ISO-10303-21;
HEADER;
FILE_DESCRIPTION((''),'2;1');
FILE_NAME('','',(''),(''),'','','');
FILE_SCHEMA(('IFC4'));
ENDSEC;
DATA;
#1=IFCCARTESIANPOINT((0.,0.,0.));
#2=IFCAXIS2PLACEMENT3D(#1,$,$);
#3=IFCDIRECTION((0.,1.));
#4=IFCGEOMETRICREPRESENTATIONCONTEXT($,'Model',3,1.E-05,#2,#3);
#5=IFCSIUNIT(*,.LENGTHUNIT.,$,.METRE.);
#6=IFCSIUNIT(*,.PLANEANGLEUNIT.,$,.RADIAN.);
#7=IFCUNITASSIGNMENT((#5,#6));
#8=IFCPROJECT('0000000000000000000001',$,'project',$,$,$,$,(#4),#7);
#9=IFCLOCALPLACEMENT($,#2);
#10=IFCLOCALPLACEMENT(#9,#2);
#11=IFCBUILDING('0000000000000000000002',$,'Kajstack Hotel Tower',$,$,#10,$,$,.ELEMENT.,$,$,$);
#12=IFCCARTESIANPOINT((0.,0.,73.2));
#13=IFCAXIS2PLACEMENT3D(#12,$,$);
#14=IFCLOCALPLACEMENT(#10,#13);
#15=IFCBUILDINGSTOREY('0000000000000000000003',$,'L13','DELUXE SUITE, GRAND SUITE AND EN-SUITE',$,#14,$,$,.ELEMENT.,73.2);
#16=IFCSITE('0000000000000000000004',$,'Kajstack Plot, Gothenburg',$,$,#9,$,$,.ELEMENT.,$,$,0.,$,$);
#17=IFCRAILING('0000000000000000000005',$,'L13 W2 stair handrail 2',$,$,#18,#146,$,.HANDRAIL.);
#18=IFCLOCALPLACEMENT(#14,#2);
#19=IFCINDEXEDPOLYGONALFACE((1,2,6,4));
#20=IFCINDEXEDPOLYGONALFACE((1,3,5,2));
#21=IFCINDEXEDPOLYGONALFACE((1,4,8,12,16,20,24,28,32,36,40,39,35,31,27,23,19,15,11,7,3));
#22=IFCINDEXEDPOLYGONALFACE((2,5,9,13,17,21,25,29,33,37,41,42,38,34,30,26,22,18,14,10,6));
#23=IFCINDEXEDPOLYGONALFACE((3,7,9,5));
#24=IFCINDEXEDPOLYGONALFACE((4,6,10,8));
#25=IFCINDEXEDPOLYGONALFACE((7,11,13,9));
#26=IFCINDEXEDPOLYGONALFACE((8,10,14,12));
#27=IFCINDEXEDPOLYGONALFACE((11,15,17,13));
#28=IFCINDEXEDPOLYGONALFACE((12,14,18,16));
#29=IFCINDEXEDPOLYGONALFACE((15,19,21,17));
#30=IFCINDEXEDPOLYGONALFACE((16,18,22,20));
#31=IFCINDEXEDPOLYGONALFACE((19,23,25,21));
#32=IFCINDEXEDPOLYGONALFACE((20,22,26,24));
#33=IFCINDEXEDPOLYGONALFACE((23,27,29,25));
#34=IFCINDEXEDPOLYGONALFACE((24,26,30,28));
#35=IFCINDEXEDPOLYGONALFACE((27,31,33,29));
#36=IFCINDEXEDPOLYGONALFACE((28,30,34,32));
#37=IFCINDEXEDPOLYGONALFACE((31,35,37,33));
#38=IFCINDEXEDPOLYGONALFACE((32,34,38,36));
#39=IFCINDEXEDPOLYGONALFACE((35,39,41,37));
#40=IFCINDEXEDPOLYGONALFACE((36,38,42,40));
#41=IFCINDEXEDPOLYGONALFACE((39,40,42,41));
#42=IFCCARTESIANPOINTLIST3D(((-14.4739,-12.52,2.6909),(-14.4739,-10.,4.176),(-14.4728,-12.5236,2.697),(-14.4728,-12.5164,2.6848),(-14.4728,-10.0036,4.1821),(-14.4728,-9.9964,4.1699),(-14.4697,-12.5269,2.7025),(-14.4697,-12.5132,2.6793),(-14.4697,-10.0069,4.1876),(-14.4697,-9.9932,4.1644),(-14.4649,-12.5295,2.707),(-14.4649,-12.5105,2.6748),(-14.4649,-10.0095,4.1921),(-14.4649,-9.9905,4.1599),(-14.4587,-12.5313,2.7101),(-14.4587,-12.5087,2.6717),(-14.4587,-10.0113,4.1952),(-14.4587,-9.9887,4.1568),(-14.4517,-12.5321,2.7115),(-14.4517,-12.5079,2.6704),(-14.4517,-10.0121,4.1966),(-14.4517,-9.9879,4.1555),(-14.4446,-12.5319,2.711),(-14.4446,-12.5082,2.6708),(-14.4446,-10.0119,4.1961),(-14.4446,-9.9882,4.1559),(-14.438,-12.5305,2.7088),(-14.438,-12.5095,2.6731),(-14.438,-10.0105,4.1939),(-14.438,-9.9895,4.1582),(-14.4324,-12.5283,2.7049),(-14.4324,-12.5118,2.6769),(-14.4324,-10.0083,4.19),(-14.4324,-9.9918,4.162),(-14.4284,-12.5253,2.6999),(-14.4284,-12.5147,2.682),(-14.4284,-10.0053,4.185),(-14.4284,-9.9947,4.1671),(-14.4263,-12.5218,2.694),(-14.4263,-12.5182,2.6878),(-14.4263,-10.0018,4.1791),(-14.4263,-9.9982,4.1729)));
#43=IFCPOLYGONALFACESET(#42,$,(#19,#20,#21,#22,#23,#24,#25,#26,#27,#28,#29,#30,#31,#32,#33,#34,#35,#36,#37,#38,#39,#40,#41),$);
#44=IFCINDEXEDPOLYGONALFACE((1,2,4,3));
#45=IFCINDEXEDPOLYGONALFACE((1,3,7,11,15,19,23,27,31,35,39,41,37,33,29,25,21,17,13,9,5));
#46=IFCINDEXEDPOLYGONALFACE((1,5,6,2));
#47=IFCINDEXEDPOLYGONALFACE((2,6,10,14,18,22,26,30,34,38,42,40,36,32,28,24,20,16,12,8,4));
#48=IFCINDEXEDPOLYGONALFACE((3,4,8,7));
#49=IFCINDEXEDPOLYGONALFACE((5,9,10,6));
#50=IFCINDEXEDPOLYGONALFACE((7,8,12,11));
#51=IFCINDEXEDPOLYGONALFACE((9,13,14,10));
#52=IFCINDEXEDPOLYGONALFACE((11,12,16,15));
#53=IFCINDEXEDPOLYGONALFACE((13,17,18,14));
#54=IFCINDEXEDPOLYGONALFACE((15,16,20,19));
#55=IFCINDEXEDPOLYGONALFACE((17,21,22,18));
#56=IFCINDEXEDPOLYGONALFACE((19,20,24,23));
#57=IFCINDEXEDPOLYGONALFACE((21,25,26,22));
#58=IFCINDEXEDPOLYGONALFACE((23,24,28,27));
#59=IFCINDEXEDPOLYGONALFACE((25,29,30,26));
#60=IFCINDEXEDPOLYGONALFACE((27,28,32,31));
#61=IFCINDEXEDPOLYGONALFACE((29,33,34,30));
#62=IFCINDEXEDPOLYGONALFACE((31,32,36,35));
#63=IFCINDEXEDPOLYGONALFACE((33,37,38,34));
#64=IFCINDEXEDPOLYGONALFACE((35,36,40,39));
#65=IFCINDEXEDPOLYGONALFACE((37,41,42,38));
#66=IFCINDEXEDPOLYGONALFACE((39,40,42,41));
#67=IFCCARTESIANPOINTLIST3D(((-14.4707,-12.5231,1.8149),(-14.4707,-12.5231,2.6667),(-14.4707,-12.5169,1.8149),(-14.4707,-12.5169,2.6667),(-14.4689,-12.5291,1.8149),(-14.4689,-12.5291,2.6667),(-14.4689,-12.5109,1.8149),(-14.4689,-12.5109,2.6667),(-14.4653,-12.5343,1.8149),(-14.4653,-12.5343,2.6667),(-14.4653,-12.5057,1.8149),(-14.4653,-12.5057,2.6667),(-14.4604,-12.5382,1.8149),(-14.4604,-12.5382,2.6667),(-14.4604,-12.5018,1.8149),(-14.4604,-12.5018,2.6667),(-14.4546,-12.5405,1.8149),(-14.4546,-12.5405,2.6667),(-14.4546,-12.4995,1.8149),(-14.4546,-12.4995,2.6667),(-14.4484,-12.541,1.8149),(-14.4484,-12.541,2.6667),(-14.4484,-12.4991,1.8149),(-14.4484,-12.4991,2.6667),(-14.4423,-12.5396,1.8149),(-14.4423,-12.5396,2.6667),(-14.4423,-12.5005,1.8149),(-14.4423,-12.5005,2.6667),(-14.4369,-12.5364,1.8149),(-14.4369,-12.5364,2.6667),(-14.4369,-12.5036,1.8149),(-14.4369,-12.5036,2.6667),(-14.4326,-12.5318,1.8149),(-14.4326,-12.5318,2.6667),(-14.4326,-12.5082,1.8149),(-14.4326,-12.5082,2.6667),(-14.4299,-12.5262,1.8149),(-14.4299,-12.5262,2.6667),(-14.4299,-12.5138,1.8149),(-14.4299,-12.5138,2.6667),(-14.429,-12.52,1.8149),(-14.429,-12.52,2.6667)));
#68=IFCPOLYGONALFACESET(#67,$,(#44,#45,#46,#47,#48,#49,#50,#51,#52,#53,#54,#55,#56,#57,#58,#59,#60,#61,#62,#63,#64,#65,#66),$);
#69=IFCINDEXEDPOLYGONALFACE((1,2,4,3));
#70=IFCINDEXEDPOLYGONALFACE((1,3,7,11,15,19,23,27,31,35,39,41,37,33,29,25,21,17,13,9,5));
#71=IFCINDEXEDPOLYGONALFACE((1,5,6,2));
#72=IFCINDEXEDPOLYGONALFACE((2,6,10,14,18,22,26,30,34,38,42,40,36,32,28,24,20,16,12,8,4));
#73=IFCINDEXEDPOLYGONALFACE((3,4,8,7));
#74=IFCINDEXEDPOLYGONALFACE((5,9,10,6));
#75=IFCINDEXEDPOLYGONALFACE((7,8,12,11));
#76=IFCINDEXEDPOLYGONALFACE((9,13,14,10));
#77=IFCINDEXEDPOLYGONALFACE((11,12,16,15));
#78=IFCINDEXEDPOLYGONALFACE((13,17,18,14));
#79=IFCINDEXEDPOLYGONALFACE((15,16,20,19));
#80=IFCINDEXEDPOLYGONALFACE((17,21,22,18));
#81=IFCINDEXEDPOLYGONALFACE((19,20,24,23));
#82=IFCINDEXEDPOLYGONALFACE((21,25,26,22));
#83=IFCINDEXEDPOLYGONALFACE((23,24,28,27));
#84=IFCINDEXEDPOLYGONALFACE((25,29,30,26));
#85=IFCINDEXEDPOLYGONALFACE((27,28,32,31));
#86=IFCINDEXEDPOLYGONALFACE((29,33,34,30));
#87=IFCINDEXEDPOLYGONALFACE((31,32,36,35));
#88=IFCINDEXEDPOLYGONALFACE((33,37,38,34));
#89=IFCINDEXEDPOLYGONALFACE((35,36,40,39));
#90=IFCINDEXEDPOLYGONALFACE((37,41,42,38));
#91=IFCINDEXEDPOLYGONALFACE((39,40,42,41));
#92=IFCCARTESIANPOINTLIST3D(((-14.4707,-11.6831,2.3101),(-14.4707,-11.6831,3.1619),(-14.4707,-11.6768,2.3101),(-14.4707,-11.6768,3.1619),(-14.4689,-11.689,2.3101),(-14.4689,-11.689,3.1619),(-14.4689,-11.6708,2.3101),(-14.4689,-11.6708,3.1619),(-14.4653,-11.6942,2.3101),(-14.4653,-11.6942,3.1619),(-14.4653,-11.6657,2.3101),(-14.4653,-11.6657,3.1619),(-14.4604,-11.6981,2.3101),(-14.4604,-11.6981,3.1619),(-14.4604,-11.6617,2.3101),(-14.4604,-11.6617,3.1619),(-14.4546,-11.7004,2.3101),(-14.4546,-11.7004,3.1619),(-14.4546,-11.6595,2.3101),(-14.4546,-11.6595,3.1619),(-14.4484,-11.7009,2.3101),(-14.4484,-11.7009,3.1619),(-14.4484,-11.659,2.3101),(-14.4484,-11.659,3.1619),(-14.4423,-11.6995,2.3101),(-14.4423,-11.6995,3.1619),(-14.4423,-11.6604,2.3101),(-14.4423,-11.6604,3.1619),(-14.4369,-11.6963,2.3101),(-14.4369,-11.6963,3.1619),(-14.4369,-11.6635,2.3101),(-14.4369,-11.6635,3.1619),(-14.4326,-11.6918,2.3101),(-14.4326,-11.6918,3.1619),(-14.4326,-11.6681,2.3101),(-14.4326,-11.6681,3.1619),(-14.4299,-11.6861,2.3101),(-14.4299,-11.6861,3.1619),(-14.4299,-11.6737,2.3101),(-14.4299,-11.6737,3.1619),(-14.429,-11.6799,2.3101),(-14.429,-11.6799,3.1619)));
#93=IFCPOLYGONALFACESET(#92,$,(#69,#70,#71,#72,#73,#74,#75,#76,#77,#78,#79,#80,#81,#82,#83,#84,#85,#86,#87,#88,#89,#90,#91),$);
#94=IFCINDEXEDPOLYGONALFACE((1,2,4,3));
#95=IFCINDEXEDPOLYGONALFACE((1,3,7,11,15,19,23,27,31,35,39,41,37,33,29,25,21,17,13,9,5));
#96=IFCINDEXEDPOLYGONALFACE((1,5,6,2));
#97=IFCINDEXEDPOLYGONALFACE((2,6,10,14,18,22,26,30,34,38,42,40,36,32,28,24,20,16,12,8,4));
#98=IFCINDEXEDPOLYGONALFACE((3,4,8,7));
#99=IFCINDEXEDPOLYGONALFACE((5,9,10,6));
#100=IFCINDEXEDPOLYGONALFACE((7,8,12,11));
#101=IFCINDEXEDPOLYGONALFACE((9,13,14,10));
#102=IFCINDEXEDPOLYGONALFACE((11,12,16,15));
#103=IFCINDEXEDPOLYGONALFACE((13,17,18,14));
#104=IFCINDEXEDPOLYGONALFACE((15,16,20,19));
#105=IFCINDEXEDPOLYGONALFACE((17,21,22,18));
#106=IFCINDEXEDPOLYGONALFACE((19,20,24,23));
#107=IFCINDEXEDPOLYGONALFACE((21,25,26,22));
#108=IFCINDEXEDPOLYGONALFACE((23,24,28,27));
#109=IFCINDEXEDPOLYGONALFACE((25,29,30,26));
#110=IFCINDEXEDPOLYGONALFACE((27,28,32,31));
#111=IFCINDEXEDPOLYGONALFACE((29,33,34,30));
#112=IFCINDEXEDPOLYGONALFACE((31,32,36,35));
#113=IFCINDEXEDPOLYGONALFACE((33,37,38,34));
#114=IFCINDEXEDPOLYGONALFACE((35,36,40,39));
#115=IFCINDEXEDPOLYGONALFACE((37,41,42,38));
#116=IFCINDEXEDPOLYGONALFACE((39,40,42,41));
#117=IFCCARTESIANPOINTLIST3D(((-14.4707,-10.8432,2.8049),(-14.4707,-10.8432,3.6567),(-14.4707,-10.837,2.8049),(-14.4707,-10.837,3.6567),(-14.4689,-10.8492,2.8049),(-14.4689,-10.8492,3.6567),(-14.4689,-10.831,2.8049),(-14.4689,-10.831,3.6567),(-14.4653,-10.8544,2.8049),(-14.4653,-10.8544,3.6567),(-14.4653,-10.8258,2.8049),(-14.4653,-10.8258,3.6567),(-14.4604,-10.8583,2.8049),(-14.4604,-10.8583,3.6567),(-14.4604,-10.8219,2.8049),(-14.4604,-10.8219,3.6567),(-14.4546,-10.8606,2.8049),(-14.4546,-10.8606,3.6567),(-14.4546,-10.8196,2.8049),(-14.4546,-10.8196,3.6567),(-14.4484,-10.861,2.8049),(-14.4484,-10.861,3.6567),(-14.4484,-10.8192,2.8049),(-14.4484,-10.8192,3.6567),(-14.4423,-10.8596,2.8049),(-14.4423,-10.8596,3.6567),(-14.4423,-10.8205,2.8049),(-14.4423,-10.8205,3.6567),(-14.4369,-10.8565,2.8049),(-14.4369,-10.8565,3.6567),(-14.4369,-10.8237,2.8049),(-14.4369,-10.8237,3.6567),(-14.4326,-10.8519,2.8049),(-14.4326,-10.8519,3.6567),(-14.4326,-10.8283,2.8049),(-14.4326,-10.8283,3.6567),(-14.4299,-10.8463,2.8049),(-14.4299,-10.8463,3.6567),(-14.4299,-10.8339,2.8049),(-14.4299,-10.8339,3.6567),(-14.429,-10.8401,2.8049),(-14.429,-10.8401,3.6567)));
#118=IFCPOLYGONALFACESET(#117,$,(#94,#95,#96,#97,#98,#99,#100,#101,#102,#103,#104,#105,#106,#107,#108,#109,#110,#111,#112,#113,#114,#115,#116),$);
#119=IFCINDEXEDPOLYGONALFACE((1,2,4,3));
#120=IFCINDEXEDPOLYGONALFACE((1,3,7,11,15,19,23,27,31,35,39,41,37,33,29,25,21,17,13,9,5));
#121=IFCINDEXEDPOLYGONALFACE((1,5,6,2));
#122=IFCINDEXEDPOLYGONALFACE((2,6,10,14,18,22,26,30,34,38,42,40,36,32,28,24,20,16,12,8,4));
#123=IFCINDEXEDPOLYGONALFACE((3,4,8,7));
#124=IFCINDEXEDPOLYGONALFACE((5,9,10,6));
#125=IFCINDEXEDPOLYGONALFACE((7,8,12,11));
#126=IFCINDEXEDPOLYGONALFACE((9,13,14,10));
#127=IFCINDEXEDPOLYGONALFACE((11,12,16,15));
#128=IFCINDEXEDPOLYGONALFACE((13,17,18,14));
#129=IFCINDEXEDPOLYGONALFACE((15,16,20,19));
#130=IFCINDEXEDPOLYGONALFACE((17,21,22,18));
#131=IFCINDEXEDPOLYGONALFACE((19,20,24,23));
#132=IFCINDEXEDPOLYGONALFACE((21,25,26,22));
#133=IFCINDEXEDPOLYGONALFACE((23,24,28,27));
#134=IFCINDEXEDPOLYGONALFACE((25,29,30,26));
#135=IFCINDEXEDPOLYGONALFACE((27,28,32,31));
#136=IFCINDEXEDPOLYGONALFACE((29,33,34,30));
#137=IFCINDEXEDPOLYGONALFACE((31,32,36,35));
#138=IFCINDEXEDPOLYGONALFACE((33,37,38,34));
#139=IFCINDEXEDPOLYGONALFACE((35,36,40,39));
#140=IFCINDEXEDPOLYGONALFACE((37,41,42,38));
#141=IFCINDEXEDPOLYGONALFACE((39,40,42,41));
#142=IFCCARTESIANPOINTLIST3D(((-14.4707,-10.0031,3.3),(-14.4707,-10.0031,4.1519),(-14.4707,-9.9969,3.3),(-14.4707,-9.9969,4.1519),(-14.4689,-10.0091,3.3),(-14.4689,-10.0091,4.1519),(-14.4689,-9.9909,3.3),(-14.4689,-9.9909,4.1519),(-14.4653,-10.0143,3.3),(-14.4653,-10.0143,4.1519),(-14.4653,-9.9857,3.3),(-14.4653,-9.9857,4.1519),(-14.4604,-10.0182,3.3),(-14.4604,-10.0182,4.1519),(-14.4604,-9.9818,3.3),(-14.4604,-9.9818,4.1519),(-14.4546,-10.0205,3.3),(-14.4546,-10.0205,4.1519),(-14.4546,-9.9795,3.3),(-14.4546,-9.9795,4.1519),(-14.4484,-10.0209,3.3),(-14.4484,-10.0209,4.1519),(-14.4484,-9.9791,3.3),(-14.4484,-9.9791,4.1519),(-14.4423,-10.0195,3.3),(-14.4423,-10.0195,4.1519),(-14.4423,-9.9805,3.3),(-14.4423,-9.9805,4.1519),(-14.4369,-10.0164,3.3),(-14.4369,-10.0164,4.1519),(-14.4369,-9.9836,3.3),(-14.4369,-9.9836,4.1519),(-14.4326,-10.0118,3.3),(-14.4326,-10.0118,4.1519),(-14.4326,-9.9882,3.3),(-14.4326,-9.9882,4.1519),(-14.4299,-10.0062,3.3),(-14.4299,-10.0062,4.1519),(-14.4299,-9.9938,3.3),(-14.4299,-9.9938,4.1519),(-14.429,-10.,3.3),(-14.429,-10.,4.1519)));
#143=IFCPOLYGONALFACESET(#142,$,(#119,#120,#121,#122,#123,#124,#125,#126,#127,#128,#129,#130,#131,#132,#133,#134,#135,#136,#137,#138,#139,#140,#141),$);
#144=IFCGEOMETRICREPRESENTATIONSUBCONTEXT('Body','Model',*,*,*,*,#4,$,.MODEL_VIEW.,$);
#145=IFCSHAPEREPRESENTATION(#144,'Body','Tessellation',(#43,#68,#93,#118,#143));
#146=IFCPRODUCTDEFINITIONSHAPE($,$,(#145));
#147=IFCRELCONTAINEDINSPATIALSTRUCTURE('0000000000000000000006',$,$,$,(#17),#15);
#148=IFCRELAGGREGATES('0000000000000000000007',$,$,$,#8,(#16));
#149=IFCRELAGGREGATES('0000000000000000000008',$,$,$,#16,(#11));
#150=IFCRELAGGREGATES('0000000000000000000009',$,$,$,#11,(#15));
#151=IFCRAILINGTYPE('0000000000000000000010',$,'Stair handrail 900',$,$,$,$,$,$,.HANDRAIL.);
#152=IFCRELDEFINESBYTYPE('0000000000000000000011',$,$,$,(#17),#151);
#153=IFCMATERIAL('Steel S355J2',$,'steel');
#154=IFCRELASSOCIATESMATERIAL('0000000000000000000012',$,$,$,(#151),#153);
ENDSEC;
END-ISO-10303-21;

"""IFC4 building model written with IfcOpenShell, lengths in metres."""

from ifc_helpers import new_model, si_unit, direction, frame, origin, origin_2d, place, context, subcontext, project, spatial, circle, extrude, material, type_object, element, save


model = new_model("IFC4")

# Units and contexts
model_context = context("Model", 3, precision=1e-05, world=origin(), true_north=direction((0.0, 1.0)))
body_context = subcontext(model_context, "Body", "Model", "MODEL_VIEW")
ifc_project = project(units=[si_unit("LENGTHUNIT", "METRE"), si_unit("PLANEANGLEUNIT", "RADIAN")], contexts=[model_context])

# Site, building, storey
site_placement = place(None, origin())
site = spatial("IfcSite", under=ifc_project, at=site_placement, Name="Kajstack Plot, Gothenburg", CompositionType="ELEMENT", RefElevation=0.0)
building_placement = place(site_placement, origin())
building = spatial("IfcBuilding", under=site, at=building_placement, Name="Kajstack Hotel Tower", CompositionType="ELEMENT")
storey_placement = place(building_placement, frame((0.0, 0.0, 73.2)))
storey = spatial("IfcBuildingStorey", under=building, at=storey_placement, Name="L13", Description="DELUXE SUITE, GRAND SUITE AND EN-SUITE", CompositionType="ELEMENT", Elevation=73.2)

# Railing
ifc_material_1 = material(Name="Steel S355J2", Category="steel")
railing_type_1 = type_object("IfcRailingType", Name="Stair handrail 900", PredefinedType="HANDRAIL", material=ifc_material_1)
railing_1_placement = place(storey_placement, frame((-14.45, -12.52, 1.8149)))
element("IfcRailing", 1, at=railing_1_placement, inside=storey, type_object=railing_type_1, Name="L13 W2 stair handrail 2", PredefinedType="HANDRAIL", context=body_context, shape_type="SweptSolid", body=[
    extrude(circle(Radius=0.0239, at=origin_2d()), frame((0.0, 0.0, 0.876), z_axis=(0.0, 0.861524, 0.507717), x_axis=(-1.0, 0.0, 0.0)), (0.0, 0.0, 1.0), 2.925),
    extrude(circle(Radius=0.021, at=origin_2d()), origin(), (0.0, 0.0, 1.0), 0.8518),
    extrude(circle(Radius=0.021, at=origin_2d()), frame((0.0, 0.8401, 0.4951)), (0.0, 0.0, 1.0), 0.8518),
    extrude(circle(Radius=0.021, at=origin_2d()), frame((0.0, 1.6799, 0.99)), (0.0, 0.0, 1.0), 0.8518),
    extrude(circle(Radius=0.021, at=origin_2d()), frame((0.0, 2.52, 1.4851)), (0.0, 0.0, 1.0), 0.8518),
])

save(model, "model.ifc")
